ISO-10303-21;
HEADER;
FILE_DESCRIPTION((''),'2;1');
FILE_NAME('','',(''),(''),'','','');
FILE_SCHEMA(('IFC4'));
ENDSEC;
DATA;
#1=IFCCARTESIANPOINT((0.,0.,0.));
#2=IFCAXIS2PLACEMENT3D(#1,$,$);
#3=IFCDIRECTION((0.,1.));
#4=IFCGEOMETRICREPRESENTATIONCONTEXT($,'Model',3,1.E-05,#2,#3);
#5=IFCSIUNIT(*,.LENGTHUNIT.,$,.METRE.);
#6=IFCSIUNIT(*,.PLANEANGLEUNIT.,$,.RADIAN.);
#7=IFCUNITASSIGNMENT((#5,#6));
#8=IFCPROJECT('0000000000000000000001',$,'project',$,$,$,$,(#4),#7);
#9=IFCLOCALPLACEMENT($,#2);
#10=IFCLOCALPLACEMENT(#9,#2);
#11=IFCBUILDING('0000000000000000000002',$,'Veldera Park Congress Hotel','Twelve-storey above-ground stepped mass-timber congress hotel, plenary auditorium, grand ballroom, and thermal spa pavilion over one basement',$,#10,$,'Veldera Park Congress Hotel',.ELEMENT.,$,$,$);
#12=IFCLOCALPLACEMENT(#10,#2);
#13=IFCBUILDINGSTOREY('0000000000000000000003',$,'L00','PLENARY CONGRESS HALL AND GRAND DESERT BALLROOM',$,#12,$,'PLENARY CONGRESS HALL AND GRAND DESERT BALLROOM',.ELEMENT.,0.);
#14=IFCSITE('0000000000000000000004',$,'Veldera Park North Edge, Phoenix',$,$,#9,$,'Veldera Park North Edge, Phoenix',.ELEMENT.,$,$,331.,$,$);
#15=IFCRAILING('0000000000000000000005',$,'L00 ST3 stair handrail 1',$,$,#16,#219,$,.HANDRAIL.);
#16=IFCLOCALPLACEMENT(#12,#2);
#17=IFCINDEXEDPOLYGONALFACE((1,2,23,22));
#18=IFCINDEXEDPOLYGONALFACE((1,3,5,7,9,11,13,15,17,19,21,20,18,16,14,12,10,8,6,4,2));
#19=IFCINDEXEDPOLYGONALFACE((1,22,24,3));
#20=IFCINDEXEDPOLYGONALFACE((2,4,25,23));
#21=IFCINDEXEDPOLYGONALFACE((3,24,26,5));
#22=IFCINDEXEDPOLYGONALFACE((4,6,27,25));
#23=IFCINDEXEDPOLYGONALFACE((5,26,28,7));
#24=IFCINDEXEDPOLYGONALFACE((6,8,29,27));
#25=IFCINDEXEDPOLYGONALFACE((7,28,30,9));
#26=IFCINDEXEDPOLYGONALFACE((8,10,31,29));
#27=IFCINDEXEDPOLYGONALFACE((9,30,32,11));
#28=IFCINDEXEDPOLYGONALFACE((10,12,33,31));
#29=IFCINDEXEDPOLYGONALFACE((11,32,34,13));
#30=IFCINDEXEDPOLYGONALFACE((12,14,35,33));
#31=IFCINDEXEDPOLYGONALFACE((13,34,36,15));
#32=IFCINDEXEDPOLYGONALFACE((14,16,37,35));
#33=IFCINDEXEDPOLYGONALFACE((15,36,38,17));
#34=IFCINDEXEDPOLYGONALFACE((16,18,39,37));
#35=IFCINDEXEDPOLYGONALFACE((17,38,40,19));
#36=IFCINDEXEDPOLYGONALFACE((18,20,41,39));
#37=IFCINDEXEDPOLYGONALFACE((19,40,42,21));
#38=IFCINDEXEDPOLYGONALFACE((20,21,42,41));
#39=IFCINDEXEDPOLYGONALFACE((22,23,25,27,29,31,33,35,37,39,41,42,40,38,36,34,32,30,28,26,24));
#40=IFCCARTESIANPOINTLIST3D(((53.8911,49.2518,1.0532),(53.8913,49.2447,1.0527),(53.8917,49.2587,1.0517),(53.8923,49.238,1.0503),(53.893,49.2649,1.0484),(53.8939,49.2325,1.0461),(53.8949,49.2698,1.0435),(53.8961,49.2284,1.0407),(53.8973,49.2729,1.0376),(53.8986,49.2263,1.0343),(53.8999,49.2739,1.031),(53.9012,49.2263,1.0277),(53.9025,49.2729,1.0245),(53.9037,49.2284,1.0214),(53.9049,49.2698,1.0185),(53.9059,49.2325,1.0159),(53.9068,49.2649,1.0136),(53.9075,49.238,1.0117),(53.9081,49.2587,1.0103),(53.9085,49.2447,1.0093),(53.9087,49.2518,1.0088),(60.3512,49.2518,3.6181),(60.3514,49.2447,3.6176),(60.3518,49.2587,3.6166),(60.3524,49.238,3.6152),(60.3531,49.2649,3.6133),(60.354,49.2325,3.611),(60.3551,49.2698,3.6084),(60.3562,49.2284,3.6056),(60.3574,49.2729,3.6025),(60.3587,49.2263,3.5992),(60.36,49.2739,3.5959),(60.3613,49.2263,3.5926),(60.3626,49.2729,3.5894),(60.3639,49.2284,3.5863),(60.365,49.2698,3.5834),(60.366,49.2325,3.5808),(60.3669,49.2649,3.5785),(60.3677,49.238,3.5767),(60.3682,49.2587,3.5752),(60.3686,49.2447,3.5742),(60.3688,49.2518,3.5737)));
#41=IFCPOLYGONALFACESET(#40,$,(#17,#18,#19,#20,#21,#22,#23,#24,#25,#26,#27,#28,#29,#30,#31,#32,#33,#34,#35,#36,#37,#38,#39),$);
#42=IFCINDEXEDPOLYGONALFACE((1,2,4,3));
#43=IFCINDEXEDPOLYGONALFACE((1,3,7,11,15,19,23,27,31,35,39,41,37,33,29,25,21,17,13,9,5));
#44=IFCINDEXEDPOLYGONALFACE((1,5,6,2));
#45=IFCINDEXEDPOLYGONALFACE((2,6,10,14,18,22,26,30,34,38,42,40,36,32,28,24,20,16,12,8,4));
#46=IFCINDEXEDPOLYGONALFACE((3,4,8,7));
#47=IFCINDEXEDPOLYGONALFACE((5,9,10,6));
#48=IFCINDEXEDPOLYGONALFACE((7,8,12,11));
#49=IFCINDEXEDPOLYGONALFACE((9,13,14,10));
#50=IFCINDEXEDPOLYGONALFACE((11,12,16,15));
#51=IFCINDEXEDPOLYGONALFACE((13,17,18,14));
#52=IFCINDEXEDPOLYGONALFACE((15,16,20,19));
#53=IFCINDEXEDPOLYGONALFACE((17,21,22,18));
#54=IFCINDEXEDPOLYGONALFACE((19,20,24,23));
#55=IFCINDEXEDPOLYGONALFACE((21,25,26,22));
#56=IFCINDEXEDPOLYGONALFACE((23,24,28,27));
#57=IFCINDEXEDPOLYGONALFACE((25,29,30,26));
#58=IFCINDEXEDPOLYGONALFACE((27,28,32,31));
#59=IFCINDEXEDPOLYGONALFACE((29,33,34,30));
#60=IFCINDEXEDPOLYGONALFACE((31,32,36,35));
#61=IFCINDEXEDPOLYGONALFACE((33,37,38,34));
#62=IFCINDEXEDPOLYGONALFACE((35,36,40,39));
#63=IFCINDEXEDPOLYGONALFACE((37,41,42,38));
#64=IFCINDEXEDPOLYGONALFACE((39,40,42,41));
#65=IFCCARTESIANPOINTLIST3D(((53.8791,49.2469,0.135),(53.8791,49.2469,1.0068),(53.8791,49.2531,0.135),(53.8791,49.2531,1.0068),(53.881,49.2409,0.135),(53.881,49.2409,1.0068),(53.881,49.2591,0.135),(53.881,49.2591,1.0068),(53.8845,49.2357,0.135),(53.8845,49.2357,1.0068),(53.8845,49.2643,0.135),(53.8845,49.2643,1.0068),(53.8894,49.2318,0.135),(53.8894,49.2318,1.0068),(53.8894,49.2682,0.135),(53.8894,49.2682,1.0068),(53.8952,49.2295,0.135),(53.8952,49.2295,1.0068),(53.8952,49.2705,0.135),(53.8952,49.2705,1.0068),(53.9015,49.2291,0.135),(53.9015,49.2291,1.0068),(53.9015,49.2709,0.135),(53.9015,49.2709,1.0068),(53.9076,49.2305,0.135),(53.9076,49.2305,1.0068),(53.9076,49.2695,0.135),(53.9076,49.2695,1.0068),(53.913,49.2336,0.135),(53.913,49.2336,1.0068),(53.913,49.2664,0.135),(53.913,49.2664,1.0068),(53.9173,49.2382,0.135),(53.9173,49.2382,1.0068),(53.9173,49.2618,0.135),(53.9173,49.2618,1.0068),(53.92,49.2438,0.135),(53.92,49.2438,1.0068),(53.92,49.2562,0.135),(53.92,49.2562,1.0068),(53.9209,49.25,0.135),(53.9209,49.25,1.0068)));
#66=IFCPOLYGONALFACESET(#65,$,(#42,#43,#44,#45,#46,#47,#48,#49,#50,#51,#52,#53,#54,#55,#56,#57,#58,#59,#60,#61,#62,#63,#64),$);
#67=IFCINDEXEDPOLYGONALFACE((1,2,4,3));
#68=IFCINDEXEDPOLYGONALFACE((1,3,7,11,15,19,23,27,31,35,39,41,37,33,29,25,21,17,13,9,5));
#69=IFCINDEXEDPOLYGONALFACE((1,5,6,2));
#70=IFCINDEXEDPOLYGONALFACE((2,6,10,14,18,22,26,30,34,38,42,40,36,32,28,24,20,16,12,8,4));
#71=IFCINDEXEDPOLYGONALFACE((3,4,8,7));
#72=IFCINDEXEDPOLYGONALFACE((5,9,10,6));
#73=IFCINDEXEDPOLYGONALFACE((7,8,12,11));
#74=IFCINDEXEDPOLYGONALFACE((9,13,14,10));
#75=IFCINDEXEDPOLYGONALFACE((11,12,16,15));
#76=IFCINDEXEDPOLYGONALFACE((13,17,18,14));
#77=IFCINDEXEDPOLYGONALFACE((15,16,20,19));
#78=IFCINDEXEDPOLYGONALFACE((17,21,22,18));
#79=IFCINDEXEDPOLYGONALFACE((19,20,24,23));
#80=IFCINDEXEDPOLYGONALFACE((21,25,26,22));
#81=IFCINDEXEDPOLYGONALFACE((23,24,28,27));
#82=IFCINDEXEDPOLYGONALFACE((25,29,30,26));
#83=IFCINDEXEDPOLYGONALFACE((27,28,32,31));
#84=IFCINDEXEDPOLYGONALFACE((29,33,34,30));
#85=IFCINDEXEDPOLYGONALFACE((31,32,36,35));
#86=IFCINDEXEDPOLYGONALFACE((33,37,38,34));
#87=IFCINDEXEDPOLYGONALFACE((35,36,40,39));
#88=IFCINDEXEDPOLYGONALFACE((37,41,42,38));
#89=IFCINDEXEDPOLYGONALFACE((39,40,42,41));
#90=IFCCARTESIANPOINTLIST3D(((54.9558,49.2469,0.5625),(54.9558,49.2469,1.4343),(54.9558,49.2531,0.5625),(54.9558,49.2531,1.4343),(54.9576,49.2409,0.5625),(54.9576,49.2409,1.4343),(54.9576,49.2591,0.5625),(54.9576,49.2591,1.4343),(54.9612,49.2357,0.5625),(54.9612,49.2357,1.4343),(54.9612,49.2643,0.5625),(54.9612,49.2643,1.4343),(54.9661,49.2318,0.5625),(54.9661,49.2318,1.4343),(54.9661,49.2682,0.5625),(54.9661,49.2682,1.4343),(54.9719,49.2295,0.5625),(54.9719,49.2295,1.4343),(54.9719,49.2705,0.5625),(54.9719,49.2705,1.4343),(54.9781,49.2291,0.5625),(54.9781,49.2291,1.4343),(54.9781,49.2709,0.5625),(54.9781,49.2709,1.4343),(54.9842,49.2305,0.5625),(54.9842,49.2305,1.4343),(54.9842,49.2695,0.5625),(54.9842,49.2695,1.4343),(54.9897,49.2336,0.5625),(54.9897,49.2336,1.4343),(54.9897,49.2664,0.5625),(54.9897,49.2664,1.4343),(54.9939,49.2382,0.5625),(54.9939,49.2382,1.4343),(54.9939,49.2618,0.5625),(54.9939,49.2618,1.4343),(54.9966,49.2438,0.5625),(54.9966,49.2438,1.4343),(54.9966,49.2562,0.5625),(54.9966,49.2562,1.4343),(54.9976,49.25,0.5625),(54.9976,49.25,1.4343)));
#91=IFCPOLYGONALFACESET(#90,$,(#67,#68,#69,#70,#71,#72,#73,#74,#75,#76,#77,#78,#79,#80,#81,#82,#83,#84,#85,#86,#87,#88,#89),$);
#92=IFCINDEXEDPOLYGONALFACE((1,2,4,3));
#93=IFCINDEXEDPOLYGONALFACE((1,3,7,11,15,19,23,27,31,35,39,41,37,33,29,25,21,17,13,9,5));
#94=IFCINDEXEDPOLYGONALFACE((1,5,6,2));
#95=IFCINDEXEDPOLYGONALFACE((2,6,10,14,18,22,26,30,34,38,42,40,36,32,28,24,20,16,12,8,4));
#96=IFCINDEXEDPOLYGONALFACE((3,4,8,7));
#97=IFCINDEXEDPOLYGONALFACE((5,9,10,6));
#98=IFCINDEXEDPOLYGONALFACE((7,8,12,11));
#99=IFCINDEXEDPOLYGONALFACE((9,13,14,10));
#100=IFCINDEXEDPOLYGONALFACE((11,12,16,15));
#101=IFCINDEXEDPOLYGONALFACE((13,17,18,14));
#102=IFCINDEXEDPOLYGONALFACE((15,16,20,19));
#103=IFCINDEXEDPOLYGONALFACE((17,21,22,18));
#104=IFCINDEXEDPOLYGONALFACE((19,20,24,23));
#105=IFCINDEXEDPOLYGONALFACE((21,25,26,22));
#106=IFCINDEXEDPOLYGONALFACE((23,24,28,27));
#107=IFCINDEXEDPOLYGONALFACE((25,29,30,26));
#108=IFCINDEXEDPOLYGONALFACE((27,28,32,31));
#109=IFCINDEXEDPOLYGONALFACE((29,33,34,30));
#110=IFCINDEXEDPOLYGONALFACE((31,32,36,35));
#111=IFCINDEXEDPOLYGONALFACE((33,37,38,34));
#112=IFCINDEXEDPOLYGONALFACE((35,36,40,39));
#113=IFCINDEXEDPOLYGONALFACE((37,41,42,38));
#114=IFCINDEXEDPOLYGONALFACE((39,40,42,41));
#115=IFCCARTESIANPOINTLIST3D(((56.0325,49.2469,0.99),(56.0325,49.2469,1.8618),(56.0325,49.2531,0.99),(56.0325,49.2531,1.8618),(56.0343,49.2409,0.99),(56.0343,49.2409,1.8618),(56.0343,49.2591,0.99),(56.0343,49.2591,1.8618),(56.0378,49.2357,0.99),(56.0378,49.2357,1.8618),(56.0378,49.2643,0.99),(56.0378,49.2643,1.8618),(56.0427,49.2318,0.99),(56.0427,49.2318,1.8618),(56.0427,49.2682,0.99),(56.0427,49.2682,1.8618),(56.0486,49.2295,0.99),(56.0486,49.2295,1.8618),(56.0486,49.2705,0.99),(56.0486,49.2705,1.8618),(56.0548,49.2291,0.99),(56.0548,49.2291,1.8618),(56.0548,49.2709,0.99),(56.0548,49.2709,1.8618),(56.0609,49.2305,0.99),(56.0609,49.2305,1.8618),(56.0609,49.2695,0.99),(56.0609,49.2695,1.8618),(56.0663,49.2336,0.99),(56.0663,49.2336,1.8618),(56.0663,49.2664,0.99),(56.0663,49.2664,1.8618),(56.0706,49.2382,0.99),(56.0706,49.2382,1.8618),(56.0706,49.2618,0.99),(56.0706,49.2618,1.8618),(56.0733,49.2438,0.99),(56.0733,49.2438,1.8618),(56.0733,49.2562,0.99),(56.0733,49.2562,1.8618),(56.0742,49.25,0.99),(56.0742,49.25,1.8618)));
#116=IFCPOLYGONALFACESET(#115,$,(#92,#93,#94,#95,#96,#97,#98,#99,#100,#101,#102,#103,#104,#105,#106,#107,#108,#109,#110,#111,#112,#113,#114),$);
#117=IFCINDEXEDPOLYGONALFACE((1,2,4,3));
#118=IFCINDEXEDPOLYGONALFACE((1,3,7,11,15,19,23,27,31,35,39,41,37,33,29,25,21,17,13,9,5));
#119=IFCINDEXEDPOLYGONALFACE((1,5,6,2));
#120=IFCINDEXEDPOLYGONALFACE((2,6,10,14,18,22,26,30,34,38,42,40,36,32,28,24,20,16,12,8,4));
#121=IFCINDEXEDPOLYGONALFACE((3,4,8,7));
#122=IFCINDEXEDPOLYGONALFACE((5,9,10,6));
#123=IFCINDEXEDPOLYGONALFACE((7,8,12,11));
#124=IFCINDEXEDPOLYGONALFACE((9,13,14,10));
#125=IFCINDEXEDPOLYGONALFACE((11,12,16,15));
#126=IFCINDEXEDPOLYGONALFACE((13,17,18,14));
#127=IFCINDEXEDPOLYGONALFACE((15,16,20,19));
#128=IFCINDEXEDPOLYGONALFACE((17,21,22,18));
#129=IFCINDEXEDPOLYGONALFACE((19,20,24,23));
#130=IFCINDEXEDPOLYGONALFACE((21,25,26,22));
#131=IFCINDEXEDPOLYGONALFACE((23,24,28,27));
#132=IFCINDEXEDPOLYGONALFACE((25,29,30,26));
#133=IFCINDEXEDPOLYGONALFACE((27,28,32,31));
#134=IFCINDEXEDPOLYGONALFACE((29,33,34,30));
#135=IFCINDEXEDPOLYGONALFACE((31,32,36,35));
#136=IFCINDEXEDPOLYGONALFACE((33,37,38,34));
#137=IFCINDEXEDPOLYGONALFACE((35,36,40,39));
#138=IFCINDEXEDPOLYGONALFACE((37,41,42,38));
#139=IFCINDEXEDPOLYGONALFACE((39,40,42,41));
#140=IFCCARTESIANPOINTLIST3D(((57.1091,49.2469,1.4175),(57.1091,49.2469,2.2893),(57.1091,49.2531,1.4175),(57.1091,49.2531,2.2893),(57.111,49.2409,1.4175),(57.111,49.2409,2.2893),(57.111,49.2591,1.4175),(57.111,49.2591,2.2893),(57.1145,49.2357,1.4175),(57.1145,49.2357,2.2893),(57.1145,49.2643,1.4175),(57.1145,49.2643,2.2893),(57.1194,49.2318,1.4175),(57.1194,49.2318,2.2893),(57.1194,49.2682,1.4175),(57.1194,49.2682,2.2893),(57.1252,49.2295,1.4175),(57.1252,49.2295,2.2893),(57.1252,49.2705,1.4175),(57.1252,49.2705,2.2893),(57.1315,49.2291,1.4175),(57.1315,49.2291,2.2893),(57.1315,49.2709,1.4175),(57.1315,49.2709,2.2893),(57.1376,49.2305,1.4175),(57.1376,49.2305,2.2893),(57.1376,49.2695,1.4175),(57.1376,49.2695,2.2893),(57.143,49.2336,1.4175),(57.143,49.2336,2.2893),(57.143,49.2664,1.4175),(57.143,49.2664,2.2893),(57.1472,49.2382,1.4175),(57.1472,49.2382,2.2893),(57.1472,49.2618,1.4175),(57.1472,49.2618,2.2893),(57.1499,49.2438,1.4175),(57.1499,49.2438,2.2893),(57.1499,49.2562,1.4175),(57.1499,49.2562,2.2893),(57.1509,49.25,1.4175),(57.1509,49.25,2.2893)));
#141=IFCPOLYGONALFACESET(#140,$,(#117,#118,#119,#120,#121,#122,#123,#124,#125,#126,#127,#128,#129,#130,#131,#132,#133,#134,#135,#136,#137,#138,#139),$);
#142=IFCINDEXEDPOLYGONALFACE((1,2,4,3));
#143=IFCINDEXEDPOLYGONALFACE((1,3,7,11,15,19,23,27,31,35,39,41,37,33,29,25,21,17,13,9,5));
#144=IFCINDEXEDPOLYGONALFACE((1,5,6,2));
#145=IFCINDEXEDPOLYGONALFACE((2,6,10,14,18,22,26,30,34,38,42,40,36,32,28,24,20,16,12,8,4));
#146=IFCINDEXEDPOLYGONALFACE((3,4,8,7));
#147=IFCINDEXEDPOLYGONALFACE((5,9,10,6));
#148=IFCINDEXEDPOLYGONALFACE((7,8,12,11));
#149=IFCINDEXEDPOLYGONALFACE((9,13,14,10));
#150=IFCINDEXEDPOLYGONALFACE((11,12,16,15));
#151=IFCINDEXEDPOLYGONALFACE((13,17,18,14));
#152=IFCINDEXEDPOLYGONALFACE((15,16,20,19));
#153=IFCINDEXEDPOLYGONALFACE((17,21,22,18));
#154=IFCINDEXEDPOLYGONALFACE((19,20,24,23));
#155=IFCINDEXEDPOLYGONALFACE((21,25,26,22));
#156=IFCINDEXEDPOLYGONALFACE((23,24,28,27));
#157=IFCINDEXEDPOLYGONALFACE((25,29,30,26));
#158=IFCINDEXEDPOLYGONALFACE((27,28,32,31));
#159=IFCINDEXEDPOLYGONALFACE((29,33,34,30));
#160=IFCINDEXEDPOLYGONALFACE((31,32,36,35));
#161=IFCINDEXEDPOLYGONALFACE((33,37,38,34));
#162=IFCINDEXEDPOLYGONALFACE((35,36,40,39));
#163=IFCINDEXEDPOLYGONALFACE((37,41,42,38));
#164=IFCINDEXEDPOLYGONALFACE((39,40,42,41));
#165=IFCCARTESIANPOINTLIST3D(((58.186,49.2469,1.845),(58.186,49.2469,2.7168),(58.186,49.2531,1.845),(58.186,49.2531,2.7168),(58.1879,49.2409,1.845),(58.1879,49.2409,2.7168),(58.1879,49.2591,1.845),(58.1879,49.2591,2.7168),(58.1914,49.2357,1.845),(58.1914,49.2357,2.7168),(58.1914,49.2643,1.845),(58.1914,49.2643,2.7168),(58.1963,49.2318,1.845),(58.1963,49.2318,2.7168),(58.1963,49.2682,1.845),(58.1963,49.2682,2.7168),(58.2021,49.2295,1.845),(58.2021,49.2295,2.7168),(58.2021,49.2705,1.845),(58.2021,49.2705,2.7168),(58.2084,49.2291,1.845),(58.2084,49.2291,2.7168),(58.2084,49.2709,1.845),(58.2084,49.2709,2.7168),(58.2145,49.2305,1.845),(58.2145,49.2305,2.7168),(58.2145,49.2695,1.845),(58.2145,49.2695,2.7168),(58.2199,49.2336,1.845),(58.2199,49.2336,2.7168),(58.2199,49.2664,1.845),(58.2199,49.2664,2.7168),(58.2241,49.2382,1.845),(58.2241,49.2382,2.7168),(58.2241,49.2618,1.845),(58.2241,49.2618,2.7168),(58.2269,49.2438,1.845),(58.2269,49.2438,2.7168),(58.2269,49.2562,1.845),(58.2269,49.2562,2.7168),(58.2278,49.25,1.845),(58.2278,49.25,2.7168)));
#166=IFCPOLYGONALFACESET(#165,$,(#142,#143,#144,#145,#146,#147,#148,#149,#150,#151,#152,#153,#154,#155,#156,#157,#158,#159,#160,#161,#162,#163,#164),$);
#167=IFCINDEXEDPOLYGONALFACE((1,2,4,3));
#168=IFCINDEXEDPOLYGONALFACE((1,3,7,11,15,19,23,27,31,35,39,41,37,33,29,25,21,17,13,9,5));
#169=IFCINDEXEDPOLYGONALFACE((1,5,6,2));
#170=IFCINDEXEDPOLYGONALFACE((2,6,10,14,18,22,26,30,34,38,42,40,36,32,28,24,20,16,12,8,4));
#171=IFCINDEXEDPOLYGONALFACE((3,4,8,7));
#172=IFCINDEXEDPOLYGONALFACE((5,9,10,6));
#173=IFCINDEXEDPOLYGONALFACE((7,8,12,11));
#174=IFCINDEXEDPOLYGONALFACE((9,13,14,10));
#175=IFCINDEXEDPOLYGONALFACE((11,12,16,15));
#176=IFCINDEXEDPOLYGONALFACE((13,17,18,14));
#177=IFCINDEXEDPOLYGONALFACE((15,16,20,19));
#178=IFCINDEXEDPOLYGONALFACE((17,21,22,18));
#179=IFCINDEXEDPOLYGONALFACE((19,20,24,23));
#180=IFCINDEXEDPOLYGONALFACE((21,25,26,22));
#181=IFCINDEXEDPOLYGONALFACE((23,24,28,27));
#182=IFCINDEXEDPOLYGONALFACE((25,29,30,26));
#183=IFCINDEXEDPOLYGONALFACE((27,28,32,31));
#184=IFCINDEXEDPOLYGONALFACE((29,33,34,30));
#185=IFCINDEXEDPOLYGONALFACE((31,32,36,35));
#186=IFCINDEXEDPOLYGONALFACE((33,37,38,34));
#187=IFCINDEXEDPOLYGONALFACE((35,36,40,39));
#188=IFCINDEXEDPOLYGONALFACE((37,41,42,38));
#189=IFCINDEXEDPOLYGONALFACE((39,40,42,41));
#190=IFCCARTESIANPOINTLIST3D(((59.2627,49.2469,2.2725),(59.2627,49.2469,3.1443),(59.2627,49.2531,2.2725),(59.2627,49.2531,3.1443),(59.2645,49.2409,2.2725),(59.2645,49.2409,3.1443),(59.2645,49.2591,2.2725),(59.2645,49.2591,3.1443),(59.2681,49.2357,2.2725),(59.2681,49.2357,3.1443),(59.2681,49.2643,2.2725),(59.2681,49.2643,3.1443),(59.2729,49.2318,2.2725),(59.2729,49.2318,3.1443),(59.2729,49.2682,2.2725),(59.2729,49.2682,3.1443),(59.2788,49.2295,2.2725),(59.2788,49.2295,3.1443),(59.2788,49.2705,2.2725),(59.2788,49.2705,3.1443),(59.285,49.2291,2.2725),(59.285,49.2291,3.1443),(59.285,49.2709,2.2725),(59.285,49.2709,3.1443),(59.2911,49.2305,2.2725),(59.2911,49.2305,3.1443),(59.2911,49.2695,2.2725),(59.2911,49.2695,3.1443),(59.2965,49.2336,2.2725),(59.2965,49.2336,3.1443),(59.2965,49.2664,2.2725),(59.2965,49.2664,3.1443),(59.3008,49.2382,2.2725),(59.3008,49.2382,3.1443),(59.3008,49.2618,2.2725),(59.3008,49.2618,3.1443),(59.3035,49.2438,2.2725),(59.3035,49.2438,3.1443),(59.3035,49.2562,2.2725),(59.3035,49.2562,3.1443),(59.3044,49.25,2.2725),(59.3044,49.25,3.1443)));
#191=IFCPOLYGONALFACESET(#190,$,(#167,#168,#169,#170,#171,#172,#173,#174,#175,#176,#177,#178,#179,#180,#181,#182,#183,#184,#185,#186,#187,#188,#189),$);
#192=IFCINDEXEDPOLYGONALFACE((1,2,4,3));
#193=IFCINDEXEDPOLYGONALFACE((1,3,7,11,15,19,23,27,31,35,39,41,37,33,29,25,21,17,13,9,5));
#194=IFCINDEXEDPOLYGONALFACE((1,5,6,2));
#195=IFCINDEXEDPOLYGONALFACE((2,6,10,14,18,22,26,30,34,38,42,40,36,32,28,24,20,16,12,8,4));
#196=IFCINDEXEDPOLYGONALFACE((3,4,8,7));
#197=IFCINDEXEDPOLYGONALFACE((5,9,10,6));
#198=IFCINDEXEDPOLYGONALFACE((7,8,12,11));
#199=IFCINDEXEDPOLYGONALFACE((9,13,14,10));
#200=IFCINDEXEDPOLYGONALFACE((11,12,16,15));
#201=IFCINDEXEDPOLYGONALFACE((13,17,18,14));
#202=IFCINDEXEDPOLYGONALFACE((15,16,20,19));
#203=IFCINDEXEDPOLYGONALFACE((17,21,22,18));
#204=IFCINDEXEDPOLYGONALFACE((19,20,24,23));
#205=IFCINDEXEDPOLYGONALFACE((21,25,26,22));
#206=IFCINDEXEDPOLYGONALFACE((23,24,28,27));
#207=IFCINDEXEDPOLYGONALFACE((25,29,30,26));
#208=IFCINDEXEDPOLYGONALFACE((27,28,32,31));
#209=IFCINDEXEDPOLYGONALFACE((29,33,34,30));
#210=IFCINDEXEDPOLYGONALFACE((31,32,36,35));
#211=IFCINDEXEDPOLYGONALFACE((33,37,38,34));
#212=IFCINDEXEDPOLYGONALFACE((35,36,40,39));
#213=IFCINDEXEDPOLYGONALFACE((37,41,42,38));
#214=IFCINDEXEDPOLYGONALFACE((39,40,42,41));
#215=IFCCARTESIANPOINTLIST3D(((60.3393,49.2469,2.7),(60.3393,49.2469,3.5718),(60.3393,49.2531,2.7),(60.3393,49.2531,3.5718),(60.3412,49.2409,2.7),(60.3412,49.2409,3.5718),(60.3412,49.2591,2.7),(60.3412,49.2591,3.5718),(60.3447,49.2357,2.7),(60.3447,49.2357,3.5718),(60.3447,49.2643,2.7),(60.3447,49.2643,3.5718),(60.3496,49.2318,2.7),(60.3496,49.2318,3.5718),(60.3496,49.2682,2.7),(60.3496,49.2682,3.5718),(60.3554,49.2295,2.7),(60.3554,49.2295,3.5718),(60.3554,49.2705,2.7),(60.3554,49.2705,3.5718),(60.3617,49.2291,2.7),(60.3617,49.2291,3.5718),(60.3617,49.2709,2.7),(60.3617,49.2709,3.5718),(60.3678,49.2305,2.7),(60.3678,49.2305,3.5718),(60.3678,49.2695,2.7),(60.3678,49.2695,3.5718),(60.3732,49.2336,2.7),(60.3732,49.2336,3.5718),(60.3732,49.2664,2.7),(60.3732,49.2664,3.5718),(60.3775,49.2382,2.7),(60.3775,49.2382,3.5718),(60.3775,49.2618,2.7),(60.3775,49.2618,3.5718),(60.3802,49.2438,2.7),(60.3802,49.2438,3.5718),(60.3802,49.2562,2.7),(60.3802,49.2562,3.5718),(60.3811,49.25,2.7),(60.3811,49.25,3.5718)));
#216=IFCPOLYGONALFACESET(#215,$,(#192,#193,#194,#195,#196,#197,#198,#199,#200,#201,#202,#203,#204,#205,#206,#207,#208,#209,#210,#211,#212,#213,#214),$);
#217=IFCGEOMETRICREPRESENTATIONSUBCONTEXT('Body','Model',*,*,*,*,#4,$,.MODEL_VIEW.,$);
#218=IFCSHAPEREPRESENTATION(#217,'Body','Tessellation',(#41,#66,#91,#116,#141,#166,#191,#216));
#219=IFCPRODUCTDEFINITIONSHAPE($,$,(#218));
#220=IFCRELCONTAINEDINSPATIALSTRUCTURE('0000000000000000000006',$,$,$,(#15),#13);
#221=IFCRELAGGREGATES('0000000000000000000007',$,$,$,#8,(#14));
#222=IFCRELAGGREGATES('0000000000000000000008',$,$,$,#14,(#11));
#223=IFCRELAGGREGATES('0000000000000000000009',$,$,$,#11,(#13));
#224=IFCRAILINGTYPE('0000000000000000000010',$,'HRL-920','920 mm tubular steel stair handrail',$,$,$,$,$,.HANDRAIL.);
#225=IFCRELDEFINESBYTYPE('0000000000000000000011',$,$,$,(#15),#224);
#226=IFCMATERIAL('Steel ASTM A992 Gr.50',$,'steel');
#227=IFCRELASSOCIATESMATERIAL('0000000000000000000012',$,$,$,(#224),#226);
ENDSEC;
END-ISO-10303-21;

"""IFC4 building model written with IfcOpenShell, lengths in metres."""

from ifc_helpers import new_model, si_unit, direction, frame, origin, origin_2d, place, context, subcontext, project, spatial, circle, extrude, material, type_object, element, save


model = new_model("IFC4")

# Units and contexts
model_context = context("Model", 3, precision=1e-05, world=origin(), true_north=direction((0.0, 1.0)))
body_context = subcontext(model_context, "Body", "Model", "MODEL_VIEW")
ifc_project = project(units=[si_unit("LENGTHUNIT", "METRE"), si_unit("PLANEANGLEUNIT", "RADIAN")], contexts=[model_context])

# Site, building, storey
site_placement = place(None, origin())
site = spatial("IfcSite", under=ifc_project, at=site_placement, Name="Veldera Park North Edge, Phoenix", LongName="Veldera Park North Edge, Phoenix", CompositionType="ELEMENT", RefElevation=331.0)
building_placement = place(site_placement, origin())
building = spatial("IfcBuilding", under=site, at=building_placement, Name="Veldera Park Congress Hotel", Description="Twelve-storey above-ground stepped mass-timber congress hotel, plenary auditorium, grand ballroom, and thermal spa pavilion over one basement", LongName="Veldera Park Congress Hotel", CompositionType="ELEMENT")
storey_placement = place(building_placement, origin())
storey = spatial("IfcBuildingStorey", under=building, at=storey_placement, Name="L00", Description="PLENARY CONGRESS HALL AND GRAND DESERT BALLROOM", LongName="PLENARY CONGRESS HALL AND GRAND DESERT BALLROOM", CompositionType="ELEMENT", Elevation=0.0)

# Shared definitions
ifc_material_1 = material(Name="Steel ASTM A992 Gr.50", Category="steel")

# Railing
railing_type_1 = type_object("IfcRailingType", Name="HRL-920", Description="920 mm tubular steel stair handrail", PredefinedType="HANDRAIL", material=ifc_material_1)
railing_1_placement = place(storey_placement, frame((53.8999, 49.25, 0.135)))
element("IfcRailing", 1, at=railing_1_placement, inside=storey, type_object=railing_type_1, Name="L00 ST3 stair handrail 1", PredefinedType="HANDRAIL", context=body_context, shape_type="SweptSolid", body=[
    extrude(circle(Radius=0.0239, at=origin_2d()), frame((0.0, 0.0, 0.896), z_axis=(0.929423, 0.0, 0.369016), x_axis=(0.0, 1.0, 0.0)), (0.0, 0.0, 1.0), 6.9507),
    extrude(circle(Radius=0.021, at=origin_2d()), origin(), (0.0, 0.0, 1.0), 0.8718),
    extrude(circle(Radius=0.021, at=origin_2d()), frame((1.0767, 0.0, 0.4275)), (0.0, 0.0, 1.0), 0.8718),
    extrude(circle(Radius=0.021, at=origin_2d()), frame((2.1533, 0.0, 0.855)), (0.0, 0.0, 1.0), 0.8718),
    extrude(circle(Radius=0.021, at=origin_2d()), frame((3.23, 0.0, 1.2825)), (0.0, 0.0, 1.0), 0.8718),
    extrude(circle(Radius=0.021, at=origin_2d()), frame((4.3069, 0.0, 1.71)), (0.0, 0.0, 1.0), 0.8718),
    extrude(circle(Radius=0.021, at=origin_2d()), frame((5.3835, 0.0, 2.1375)), (0.0, 0.0, 1.0), 0.8718),
    extrude(circle(Radius=0.021, at=origin_2d()), frame((6.4602, 0.0, 2.5649)), (0.0, 0.0, 1.0), 0.8718),
])

save(model, "model.ifc")
